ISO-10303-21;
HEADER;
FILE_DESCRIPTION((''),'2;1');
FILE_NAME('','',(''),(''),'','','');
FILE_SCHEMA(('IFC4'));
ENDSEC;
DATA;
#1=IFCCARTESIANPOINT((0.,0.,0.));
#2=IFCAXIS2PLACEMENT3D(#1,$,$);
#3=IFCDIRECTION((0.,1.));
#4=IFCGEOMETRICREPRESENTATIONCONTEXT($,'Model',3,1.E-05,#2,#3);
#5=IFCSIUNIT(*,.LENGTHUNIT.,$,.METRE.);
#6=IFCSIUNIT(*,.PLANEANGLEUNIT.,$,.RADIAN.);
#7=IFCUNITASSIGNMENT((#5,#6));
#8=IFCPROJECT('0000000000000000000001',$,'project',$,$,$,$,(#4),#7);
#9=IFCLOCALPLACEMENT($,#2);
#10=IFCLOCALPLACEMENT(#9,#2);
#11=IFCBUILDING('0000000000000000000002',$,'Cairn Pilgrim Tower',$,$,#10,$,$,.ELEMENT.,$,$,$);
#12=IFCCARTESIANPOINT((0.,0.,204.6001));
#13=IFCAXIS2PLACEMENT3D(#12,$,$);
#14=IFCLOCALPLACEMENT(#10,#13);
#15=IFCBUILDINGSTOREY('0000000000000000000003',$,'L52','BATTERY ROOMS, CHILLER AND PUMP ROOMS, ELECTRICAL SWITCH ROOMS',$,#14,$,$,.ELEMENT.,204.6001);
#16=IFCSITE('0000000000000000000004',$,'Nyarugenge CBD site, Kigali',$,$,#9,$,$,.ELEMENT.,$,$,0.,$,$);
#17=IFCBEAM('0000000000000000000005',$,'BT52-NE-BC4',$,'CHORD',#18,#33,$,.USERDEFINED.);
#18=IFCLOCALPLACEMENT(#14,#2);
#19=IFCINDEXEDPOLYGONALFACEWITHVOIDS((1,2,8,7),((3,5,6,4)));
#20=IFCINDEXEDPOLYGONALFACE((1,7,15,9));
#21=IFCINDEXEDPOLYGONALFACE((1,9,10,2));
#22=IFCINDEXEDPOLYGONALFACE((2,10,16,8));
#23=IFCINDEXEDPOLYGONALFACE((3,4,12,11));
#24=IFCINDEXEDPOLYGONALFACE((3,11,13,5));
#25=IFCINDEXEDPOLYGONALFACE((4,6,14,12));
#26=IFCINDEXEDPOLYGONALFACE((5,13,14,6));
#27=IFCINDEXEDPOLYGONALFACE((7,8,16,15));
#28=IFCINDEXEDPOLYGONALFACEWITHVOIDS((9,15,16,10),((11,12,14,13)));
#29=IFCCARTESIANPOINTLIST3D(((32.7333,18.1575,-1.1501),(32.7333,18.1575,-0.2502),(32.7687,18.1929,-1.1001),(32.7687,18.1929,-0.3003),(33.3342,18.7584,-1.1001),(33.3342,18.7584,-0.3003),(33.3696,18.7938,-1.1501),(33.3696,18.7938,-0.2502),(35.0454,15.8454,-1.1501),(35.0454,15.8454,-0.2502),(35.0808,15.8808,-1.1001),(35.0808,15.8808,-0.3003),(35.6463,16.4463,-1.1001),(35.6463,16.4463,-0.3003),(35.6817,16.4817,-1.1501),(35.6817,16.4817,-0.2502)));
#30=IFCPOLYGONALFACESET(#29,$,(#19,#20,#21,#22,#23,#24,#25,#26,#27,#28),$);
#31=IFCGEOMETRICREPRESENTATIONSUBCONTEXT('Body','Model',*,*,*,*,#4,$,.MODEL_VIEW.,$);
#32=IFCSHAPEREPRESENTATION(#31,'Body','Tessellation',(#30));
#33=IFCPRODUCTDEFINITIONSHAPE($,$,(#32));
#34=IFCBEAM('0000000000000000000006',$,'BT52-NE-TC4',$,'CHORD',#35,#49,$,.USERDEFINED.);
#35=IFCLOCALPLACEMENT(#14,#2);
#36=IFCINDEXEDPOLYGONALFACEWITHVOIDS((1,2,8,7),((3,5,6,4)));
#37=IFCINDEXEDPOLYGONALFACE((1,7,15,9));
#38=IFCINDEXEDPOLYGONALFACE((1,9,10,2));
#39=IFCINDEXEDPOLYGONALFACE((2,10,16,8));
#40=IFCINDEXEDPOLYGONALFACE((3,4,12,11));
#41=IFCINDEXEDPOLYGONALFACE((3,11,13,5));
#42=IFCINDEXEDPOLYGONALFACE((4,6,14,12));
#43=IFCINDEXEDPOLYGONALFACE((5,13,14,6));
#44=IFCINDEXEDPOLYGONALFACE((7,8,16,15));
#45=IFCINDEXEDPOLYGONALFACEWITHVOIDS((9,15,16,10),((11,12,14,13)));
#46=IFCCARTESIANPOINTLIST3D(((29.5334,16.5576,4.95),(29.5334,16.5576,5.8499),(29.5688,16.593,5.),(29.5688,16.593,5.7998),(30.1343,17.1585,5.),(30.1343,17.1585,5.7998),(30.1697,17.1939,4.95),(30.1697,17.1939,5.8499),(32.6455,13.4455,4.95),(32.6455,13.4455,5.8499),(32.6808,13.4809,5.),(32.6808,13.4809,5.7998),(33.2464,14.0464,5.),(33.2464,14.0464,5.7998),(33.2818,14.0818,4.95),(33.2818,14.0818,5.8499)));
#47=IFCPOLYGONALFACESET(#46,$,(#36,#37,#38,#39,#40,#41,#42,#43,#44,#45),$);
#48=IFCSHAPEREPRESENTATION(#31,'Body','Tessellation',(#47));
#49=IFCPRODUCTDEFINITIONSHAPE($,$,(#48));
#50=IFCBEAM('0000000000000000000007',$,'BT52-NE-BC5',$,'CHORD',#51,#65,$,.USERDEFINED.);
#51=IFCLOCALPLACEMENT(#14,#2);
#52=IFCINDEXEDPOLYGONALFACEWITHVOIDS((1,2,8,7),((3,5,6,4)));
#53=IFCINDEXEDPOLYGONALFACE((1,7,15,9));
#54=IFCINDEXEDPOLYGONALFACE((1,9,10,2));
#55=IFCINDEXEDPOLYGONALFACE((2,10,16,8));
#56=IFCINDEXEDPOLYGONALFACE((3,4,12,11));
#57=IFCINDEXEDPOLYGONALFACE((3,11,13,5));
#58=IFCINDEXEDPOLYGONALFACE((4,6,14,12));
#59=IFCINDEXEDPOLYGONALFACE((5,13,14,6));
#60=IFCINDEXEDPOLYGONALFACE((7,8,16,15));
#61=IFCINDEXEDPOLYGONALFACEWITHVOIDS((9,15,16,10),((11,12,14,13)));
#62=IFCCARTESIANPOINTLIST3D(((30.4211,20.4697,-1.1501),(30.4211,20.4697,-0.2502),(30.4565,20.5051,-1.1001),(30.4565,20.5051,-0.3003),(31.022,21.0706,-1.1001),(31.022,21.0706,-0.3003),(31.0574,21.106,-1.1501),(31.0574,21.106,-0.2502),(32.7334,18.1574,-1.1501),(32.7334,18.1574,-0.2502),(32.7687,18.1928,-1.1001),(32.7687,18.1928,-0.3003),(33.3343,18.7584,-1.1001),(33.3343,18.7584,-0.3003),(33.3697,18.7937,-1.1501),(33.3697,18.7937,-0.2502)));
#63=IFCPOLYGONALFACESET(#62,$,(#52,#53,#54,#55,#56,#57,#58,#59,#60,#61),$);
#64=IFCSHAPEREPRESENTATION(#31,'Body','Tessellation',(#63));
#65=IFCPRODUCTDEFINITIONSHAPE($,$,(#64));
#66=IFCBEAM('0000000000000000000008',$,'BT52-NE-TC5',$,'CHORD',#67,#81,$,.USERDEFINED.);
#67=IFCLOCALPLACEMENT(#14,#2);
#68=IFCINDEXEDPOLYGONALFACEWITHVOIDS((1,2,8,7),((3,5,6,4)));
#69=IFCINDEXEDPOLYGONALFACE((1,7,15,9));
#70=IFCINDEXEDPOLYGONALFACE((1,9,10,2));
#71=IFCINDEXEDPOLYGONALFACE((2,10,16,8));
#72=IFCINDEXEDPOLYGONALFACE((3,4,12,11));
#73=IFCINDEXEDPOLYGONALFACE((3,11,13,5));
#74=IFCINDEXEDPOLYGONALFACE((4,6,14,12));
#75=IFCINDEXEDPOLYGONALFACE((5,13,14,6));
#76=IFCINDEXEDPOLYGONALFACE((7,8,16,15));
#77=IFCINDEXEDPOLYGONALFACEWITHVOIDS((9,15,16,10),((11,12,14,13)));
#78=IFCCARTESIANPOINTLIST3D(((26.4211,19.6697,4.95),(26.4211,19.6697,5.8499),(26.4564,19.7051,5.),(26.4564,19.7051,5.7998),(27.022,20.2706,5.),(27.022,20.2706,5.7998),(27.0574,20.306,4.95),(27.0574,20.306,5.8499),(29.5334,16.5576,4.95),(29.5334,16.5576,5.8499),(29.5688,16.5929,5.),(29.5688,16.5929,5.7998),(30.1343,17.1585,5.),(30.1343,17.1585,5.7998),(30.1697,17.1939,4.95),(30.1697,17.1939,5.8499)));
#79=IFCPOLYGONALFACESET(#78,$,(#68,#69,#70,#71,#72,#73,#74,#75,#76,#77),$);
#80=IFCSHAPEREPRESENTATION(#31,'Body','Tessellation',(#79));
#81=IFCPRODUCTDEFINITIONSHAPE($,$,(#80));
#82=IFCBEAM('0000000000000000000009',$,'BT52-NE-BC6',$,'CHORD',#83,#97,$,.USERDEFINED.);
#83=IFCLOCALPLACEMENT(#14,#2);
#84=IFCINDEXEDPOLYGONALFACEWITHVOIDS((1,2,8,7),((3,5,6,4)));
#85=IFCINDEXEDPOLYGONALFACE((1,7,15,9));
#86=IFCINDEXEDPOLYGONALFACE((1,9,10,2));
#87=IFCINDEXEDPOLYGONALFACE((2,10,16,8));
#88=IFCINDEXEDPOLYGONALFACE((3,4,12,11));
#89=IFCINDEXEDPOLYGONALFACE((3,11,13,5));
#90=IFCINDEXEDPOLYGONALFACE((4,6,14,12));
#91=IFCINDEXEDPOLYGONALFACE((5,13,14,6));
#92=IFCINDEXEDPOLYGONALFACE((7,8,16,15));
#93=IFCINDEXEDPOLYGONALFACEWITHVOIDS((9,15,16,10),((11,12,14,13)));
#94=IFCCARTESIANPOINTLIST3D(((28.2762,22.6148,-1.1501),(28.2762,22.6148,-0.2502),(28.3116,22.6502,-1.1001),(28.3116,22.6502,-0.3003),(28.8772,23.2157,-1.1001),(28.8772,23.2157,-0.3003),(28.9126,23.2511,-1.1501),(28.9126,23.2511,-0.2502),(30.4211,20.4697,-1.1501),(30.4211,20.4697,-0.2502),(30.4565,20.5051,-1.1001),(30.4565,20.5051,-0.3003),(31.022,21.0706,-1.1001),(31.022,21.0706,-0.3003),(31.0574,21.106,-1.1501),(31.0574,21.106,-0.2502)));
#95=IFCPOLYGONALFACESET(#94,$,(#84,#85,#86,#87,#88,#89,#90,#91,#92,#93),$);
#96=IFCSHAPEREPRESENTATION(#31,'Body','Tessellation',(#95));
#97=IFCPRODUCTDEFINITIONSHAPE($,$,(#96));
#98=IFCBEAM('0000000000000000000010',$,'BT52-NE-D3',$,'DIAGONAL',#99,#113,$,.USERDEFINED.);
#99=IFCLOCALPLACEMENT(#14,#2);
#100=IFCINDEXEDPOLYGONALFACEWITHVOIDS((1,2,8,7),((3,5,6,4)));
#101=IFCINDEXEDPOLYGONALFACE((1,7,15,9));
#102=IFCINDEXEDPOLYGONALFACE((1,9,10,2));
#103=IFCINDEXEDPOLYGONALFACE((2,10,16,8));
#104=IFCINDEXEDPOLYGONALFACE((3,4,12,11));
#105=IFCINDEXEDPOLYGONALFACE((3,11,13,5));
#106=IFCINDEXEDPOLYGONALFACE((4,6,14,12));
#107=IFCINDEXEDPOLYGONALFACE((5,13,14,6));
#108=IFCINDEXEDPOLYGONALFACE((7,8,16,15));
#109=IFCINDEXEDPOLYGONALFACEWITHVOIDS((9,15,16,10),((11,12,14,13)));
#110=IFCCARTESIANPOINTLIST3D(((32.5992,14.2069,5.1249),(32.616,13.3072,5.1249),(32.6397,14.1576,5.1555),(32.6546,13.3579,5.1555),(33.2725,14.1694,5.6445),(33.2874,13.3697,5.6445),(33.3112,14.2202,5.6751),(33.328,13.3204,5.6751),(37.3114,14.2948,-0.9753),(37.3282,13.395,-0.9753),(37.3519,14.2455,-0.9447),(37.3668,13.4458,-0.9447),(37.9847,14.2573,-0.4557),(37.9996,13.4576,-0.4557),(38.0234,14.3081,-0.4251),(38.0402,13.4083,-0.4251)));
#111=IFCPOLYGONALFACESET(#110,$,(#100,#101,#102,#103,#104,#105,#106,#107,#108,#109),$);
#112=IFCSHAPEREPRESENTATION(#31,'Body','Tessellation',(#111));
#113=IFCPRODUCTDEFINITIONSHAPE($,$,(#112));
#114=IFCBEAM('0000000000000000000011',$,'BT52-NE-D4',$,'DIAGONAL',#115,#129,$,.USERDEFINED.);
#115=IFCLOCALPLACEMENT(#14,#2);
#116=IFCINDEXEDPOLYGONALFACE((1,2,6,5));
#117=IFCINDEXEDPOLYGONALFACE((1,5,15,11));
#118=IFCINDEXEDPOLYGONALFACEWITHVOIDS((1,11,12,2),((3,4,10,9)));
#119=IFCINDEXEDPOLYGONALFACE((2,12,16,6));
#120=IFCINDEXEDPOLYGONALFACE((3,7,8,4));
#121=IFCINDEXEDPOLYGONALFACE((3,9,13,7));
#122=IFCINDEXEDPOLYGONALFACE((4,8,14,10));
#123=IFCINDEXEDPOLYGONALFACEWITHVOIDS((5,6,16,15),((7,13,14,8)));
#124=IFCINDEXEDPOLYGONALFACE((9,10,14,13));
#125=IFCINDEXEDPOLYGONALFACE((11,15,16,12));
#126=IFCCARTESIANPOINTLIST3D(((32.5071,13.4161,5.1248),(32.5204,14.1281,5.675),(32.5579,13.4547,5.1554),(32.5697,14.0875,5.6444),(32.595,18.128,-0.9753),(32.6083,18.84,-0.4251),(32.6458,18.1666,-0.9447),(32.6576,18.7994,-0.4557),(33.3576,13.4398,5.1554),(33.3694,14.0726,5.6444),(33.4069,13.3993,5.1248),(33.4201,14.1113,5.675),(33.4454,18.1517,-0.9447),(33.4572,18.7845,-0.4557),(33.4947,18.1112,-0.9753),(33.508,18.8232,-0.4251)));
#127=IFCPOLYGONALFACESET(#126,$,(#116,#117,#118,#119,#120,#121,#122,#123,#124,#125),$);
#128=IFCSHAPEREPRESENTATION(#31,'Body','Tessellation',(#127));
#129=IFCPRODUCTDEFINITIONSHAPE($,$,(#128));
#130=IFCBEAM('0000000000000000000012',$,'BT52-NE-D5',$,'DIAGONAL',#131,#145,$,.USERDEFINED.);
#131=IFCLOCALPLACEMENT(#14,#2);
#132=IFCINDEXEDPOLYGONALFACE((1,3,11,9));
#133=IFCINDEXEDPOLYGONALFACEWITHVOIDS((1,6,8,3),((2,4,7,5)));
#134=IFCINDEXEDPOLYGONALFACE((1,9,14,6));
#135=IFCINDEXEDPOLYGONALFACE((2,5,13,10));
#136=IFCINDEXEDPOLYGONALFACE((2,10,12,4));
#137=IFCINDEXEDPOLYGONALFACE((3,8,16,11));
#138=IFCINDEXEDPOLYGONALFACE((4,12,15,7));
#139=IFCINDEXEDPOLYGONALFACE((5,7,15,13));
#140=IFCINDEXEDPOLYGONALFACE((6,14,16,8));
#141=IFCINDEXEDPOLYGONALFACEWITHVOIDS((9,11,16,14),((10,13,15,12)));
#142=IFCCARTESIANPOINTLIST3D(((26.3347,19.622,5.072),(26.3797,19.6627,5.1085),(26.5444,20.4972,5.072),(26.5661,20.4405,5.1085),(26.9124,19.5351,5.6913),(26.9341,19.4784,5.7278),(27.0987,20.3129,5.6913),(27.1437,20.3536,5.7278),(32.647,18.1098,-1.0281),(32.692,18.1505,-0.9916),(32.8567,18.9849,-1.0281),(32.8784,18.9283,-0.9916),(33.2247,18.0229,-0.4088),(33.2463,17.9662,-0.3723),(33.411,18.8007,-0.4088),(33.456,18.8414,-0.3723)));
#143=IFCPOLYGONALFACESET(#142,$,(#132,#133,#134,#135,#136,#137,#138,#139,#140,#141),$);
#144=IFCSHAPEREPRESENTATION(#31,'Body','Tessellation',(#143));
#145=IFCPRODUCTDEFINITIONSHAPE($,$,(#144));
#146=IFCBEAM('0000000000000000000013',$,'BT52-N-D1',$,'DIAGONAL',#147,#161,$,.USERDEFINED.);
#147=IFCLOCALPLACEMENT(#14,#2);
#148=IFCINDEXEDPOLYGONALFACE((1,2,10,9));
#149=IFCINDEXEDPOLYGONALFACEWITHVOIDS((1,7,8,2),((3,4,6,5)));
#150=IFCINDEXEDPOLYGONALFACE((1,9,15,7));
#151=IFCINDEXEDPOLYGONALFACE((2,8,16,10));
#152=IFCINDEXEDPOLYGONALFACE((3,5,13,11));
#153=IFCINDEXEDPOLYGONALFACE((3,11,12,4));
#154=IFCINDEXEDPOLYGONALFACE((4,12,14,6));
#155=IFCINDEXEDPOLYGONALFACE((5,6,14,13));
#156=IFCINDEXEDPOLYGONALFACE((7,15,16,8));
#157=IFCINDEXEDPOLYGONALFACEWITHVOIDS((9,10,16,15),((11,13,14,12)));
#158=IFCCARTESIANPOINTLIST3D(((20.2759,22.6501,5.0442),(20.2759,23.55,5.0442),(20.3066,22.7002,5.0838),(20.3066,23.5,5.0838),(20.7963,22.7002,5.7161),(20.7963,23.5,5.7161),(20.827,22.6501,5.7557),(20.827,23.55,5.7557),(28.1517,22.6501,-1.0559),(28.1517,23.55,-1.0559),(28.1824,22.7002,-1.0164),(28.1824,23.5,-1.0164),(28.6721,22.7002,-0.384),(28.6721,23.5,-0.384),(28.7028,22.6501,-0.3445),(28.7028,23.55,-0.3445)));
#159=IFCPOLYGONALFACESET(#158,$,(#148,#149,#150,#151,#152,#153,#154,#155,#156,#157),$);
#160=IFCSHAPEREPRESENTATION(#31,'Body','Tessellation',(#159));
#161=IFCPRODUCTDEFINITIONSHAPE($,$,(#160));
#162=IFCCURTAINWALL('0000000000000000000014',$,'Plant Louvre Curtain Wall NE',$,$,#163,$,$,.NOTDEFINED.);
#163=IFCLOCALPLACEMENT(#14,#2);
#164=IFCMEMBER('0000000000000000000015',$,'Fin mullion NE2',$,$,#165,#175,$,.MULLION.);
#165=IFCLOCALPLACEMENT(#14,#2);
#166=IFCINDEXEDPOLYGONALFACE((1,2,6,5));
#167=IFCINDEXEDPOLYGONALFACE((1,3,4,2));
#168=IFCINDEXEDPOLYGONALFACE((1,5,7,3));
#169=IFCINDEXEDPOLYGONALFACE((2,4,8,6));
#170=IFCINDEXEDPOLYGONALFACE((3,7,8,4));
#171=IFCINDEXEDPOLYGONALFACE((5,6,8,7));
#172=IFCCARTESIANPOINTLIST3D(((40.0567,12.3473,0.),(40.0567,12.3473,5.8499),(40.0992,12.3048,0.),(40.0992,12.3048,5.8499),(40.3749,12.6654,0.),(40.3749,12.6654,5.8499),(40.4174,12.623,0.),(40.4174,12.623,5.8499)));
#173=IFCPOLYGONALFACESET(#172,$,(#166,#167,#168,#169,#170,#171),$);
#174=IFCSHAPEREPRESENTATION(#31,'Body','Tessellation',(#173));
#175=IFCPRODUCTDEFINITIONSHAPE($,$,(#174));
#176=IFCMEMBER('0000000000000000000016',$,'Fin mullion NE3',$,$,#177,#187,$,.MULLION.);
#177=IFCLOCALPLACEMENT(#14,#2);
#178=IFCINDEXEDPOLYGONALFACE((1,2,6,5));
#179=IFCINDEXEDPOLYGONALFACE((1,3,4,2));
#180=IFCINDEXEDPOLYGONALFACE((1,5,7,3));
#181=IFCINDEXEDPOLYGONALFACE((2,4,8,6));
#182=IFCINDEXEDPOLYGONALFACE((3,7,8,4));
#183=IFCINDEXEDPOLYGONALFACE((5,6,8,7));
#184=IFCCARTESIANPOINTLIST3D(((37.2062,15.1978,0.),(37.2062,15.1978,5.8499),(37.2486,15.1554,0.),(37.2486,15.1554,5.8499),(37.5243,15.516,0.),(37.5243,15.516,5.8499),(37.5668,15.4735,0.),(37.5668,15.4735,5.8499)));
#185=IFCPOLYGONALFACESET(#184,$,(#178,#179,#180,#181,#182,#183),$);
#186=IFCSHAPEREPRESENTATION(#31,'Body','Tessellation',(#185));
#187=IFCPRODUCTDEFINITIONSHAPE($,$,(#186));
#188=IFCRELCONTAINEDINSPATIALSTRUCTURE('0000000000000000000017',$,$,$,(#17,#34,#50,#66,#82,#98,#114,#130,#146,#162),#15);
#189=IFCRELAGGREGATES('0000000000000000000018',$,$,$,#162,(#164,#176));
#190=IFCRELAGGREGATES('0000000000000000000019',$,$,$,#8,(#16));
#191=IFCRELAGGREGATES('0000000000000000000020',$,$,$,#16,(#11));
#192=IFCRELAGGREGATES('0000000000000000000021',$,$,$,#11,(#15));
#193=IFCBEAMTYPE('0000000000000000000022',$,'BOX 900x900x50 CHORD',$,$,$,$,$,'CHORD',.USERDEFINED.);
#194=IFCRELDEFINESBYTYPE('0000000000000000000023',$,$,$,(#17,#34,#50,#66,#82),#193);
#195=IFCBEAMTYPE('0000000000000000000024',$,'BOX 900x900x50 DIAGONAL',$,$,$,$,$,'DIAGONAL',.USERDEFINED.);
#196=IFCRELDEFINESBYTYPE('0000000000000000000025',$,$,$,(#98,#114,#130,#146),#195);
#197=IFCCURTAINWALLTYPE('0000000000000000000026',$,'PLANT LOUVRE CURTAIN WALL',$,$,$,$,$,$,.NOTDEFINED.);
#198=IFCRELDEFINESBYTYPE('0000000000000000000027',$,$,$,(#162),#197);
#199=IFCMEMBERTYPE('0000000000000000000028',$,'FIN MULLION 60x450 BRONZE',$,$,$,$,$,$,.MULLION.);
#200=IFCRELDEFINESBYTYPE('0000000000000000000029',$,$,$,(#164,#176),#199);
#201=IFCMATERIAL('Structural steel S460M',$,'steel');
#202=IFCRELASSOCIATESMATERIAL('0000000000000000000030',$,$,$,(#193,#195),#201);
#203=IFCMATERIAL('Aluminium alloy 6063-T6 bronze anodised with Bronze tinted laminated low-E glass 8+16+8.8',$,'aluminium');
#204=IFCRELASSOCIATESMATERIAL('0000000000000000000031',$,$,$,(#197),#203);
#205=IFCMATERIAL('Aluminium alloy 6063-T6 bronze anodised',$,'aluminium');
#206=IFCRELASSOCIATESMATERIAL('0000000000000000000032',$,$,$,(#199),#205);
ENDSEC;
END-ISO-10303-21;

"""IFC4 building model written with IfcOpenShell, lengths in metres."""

from ifc_helpers import new_model, si_unit, direction, frame, origin, origin_2d, place, context, subcontext, project, spatial, rectangle, hollow_rectangle, extrude, material, material_profile, profile_set, type_object, element, aggregate, save


model = new_model("IFC4")

# Units and contexts
model_context = context("Model", 3, precision=1e-05, world=origin(), true_north=direction((0.0, 1.0)))
body_context = subcontext(model_context, "Body", "Model", "MODEL_VIEW")
ifc_project = project(units=[si_unit("LENGTHUNIT", "METRE"), si_unit("PLANEANGLEUNIT", "RADIAN")], contexts=[model_context])

# Site, building, storey
site_placement = place(None, origin())
site = spatial("IfcSite", under=ifc_project, at=site_placement, Name="Nyarugenge CBD site, Kigali", CompositionType="ELEMENT", RefElevation=0.0)
building_placement = place(site_placement, origin())
building = spatial("IfcBuilding", under=site, at=building_placement, Name="Cairn Pilgrim Tower", CompositionType="ELEMENT")
storey_placement = place(building_placement, frame((0.0, 0.0, 204.6001)))
storey = spatial("IfcBuildingStorey", under=building, at=storey_placement, Name="L52", Description="BATTERY ROOMS, CHILLER AND PUMP ROOMS, ELECTRICAL SWITCH ROOMS", CompositionType="ELEMENT", Elevation=204.6001)

# Shared definitions
ifc_material_1 = material(Name="Structural steel S460M", Category="steel")

# Beams
ifc_material_profile_1 = material_profile(ifc_material_1, hollow_rectangle(XDim=0.8999, YDim=0.8999, WallThickness=0.05, at=origin_2d()), Name="BOX 900x900x50")
ifc_profile_set_1 = profile_set([ifc_material_profile_1], Name="Structural steel S460M")
beam_type_1 = type_object("IfcBeamType", Name="BOX 900x900x50 CHORD", ElementType="CHORD", PredefinedType="USERDEFINED", material=ifc_profile_set_1)
for number, where, z_axis, x_axis, name in (
    (1, (35.3635, 16.1636, -0.7002), (-0.707107, 0.707107, 0.0), (-0.707107, -0.707107, 0.0), "BT52-NE-BC4"),
):
    element("IfcBeam", number, at=place(storey_placement, frame(where, z_axis=z_axis, x_axis=x_axis)), inside=storey, type_object=beam_type_1, Name=name, ObjectType="CHORD", PredefinedType="USERDEFINED", context=body_context, shape_type="SweptSolid", body=[
        extrude(hollow_rectangle(XDim=0.8999, YDim=0.8999, WallThickness=0.05, at=origin_2d()), origin(), (0.0, 0.0, 1.0), 3.2698),
    ])
beam_1_placement = place(storey_placement, frame((32.9636, 13.7637, 5.3999), z_axis=(-0.707107, 0.707107, 0.0), x_axis=(-0.707107, -0.707107, 0.0)))
element("IfcBeam", 2, at=beam_1_placement, inside=storey, type_object=beam_type_1, Name="BT52-NE-TC4", ObjectType="CHORD", PredefinedType="USERDEFINED", context=body_context, shape_type="SweptSolid", body=[
    extrude(hollow_rectangle(XDim=0.8999, YDim=0.8999, WallThickness=0.05, at=origin_2d()), origin(), (0.0, 0.0, 1.0), 4.4011),
])
beam_2_placement = place(storey_placement, frame((33.0515, 18.4756, -0.7002), z_axis=(-0.707107, 0.707107, 0.0), x_axis=(-0.707107, -0.707107, 0.0)))
element("IfcBeam", 3, at=beam_2_placement, inside=storey, type_object=beam_type_1, Name="BT52-NE-BC5", ObjectType="CHORD", PredefinedType="USERDEFINED", context=body_context, shape_type="SweptSolid", body=[
    extrude(hollow_rectangle(XDim=0.8999, YDim=0.8999, WallThickness=0.05, at=origin_2d()), origin(), (0.0, 0.0, 1.0), 3.27),
])
beam_3_placement = place(storey_placement, frame((29.8516, 16.8757, 5.3999), z_axis=(-0.707135, 0.707079, 0.0), x_axis=(-0.707079, -0.707135, 0.0)))
element("IfcBeam", 4, at=beam_3_placement, inside=storey, type_object=beam_type_1, Name="BT52-NE-TC5", ObjectType="CHORD", PredefinedType="USERDEFINED", context=body_context, shape_type="SweptSolid", body=[
    extrude(hollow_rectangle(XDim=0.8999, YDim=0.8999, WallThickness=0.05, at=origin_2d()), origin(), (0.0, 0.0, 1.0), 4.4014),
])
beam_4_placement = place(storey_placement, frame((30.7393, 20.7878, -0.7002), z_axis=(-0.707067, 0.707147, 0.0), x_axis=(-0.707147, -0.707067, 0.0)))
element("IfcBeam", 5, at=beam_4_placement, inside=storey, type_object=beam_type_1, Name="BT52-NE-BC6", ObjectType="CHORD", PredefinedType="USERDEFINED", context=body_context, shape_type="SweptSolid", body=[
    extrude(hollow_rectangle(XDim=0.8999, YDim=0.8999, WallThickness=0.05, at=origin_2d()), origin(), (0.0, 0.0, 1.0), 3.0334),
])
ifc_material_profile_2 = material_profile(ifc_material_1, hollow_rectangle(XDim=0.8999, YDim=0.8999, WallThickness=0.05, at=origin_2d()), Name="BOX 900x900x50")
ifc_profile_set_2 = profile_set([ifc_material_profile_2], Name="Structural steel S460M")
beam_type_2 = type_object("IfcBeamType", Name="BOX 900x900x50 DIAGONAL", ElementType="DIAGONAL", PredefinedType="USERDEFINED", material=ifc_profile_set_2)
beam_5_placement = place(storey_placement, frame((37.6758, 13.8516, -0.7002), z_axis=(-0.611282, -0.011402, 0.791331), x_axis=(0.018649, -0.999826, 0.0)))
element("IfcBeam", 6, at=beam_5_placement, inside=storey, type_object=beam_type_2, Name="BT52-NE-D3", ObjectType="DIAGONAL", PredefinedType="USERDEFINED", context=body_context, shape_type="SweptSolid", body=[
    extrude(hollow_rectangle(XDim=0.8999, YDim=0.8999, WallThickness=0.05, at=origin_2d()), origin(), (0.0, 0.0, 1.0), 7.7087),
])
beam_6_placement = place(storey_placement, frame((32.9636, 13.7637, 5.3999), z_axis=(0.011402, 0.611262, -0.791346), x_axis=(-0.999826, 0.01865, 0.0)))
element("IfcBeam", 7, at=beam_6_placement, inside=storey, type_object=beam_type_2, Name="BT52-NE-D4", ObjectType="DIAGONAL", PredefinedType="USERDEFINED", context=body_context, shape_type="SweptSolid", body=[
    extrude(hollow_rectangle(XDim=0.8999, YDim=0.8999, WallThickness=0.05, at=origin_2d()), origin(), (0.0, 0.0, 1.0), 7.7085),
])
beam_7_placement = place(storey_placement, frame((33.0515, 18.4756, -0.7002), z_axis=(-0.70865, 0.169769, 0.684832), x_axis=(-0.232975, -0.972483, 0.0)))
element("IfcBeam", 8, at=beam_7_placement, inside=storey, type_object=beam_type_2, Name="BT52-NE-D5", ObjectType="DIAGONAL", PredefinedType="USERDEFINED", context=body_context, shape_type="SweptSolid", body=[
    extrude(hollow_rectangle(XDim=0.8999, YDim=0.8999, WallThickness=0.05, at=origin_2d()), origin(), (0.0, 0.0, 1.0), 8.9075),
])
beam_8_placement = place(storey_placement, frame((28.4272, 23.1001, -0.7002), z_axis=(-0.79059, 0.0, 0.612346), x_axis=(0.0, -1.0, 0.0)))
element("IfcBeam", 9, at=beam_8_placement, inside=storey, type_object=beam_type_2, Name="BT52-N-D1", ObjectType="DIAGONAL", PredefinedType="USERDEFINED", context=body_context, shape_type="SweptSolid", body=[
    extrude(hollow_rectangle(XDim=0.8999, YDim=0.8999, WallThickness=0.05, at=origin_2d()), origin(), (0.0, 0.0, 1.0), 9.9619),
])

# Curtain wall, members
ifc_material_2 = material(Name="Aluminium alloy 6063-T6 bronze anodised with Bronze tinted laminated low-E glass 8+16+8.8", Category="aluminium")
curtain_wall_type = type_object("IfcCurtainWallType", Name="PLANT LOUVRE CURTAIN WALL", PredefinedType="NOTDEFINED", material=ifc_material_2)
curtain_wall_1_placement = place(storey_placement, origin())
curtain_wall_1 = element("IfcCurtainWall", 10, at=curtain_wall_1_placement, inside=storey, type_object=curtain_wall_type, Name="Plant Louvre Curtain Wall NE", PredefinedType="NOTDEFINED")
ifc_material_3 = material(Name="Aluminium alloy 6063-T6 bronze anodised", Category="aluminium")
ifc_material_profile_3 = material_profile(ifc_material_3, rectangle(XDim=0.45, YDim=0.0601, at=origin_2d()), Name="FIN MULLION 60x450 BRONZE")
ifc_profile_set_3 = profile_set([ifc_material_profile_3], Name="Aluminium alloy 6063-T6 bronze anodised")
member_type_1 = type_object("IfcMemberType", Name="FIN MULLION 60x450 BRONZE", PredefinedType="MULLION", material=ifc_profile_set_3)
member_1_placement = place(storey_placement, frame((40.2371, 12.4851, 0.0), z_axis=(0.0, 0.0, 1.0), x_axis=(0.707107, 0.707107, 0.0)))
member_1 = element("IfcMember", 11, at=member_1_placement, type_object=member_type_1, Name="Fin mullion NE2", PredefinedType="MULLION", context=body_context, shape_type="SweptSolid", body=[
    extrude(rectangle(XDim=0.45, YDim=0.0601, at=origin_2d()), origin(), (0.0, 0.0, 1.0), 5.8499),
])
member_2_placement = place(storey_placement, frame((37.3865, 15.3357, 0.0), z_axis=(0.0, 0.0, 1.0), x_axis=(0.707107, 0.707107, 0.0)))
member_2 = element("IfcMember", 12, at=member_2_placement, type_object=member_type_1, Name="Fin mullion NE3", PredefinedType="MULLION", context=body_context, shape_type="SweptSolid", body=[
    extrude(rectangle(XDim=0.45, YDim=0.0601, at=origin_2d()), origin(), (0.0, 0.0, 1.0), 5.8499),
])

aggregate(curtain_wall_1, [member_1, member_2])

save(model, "model.ifc")
